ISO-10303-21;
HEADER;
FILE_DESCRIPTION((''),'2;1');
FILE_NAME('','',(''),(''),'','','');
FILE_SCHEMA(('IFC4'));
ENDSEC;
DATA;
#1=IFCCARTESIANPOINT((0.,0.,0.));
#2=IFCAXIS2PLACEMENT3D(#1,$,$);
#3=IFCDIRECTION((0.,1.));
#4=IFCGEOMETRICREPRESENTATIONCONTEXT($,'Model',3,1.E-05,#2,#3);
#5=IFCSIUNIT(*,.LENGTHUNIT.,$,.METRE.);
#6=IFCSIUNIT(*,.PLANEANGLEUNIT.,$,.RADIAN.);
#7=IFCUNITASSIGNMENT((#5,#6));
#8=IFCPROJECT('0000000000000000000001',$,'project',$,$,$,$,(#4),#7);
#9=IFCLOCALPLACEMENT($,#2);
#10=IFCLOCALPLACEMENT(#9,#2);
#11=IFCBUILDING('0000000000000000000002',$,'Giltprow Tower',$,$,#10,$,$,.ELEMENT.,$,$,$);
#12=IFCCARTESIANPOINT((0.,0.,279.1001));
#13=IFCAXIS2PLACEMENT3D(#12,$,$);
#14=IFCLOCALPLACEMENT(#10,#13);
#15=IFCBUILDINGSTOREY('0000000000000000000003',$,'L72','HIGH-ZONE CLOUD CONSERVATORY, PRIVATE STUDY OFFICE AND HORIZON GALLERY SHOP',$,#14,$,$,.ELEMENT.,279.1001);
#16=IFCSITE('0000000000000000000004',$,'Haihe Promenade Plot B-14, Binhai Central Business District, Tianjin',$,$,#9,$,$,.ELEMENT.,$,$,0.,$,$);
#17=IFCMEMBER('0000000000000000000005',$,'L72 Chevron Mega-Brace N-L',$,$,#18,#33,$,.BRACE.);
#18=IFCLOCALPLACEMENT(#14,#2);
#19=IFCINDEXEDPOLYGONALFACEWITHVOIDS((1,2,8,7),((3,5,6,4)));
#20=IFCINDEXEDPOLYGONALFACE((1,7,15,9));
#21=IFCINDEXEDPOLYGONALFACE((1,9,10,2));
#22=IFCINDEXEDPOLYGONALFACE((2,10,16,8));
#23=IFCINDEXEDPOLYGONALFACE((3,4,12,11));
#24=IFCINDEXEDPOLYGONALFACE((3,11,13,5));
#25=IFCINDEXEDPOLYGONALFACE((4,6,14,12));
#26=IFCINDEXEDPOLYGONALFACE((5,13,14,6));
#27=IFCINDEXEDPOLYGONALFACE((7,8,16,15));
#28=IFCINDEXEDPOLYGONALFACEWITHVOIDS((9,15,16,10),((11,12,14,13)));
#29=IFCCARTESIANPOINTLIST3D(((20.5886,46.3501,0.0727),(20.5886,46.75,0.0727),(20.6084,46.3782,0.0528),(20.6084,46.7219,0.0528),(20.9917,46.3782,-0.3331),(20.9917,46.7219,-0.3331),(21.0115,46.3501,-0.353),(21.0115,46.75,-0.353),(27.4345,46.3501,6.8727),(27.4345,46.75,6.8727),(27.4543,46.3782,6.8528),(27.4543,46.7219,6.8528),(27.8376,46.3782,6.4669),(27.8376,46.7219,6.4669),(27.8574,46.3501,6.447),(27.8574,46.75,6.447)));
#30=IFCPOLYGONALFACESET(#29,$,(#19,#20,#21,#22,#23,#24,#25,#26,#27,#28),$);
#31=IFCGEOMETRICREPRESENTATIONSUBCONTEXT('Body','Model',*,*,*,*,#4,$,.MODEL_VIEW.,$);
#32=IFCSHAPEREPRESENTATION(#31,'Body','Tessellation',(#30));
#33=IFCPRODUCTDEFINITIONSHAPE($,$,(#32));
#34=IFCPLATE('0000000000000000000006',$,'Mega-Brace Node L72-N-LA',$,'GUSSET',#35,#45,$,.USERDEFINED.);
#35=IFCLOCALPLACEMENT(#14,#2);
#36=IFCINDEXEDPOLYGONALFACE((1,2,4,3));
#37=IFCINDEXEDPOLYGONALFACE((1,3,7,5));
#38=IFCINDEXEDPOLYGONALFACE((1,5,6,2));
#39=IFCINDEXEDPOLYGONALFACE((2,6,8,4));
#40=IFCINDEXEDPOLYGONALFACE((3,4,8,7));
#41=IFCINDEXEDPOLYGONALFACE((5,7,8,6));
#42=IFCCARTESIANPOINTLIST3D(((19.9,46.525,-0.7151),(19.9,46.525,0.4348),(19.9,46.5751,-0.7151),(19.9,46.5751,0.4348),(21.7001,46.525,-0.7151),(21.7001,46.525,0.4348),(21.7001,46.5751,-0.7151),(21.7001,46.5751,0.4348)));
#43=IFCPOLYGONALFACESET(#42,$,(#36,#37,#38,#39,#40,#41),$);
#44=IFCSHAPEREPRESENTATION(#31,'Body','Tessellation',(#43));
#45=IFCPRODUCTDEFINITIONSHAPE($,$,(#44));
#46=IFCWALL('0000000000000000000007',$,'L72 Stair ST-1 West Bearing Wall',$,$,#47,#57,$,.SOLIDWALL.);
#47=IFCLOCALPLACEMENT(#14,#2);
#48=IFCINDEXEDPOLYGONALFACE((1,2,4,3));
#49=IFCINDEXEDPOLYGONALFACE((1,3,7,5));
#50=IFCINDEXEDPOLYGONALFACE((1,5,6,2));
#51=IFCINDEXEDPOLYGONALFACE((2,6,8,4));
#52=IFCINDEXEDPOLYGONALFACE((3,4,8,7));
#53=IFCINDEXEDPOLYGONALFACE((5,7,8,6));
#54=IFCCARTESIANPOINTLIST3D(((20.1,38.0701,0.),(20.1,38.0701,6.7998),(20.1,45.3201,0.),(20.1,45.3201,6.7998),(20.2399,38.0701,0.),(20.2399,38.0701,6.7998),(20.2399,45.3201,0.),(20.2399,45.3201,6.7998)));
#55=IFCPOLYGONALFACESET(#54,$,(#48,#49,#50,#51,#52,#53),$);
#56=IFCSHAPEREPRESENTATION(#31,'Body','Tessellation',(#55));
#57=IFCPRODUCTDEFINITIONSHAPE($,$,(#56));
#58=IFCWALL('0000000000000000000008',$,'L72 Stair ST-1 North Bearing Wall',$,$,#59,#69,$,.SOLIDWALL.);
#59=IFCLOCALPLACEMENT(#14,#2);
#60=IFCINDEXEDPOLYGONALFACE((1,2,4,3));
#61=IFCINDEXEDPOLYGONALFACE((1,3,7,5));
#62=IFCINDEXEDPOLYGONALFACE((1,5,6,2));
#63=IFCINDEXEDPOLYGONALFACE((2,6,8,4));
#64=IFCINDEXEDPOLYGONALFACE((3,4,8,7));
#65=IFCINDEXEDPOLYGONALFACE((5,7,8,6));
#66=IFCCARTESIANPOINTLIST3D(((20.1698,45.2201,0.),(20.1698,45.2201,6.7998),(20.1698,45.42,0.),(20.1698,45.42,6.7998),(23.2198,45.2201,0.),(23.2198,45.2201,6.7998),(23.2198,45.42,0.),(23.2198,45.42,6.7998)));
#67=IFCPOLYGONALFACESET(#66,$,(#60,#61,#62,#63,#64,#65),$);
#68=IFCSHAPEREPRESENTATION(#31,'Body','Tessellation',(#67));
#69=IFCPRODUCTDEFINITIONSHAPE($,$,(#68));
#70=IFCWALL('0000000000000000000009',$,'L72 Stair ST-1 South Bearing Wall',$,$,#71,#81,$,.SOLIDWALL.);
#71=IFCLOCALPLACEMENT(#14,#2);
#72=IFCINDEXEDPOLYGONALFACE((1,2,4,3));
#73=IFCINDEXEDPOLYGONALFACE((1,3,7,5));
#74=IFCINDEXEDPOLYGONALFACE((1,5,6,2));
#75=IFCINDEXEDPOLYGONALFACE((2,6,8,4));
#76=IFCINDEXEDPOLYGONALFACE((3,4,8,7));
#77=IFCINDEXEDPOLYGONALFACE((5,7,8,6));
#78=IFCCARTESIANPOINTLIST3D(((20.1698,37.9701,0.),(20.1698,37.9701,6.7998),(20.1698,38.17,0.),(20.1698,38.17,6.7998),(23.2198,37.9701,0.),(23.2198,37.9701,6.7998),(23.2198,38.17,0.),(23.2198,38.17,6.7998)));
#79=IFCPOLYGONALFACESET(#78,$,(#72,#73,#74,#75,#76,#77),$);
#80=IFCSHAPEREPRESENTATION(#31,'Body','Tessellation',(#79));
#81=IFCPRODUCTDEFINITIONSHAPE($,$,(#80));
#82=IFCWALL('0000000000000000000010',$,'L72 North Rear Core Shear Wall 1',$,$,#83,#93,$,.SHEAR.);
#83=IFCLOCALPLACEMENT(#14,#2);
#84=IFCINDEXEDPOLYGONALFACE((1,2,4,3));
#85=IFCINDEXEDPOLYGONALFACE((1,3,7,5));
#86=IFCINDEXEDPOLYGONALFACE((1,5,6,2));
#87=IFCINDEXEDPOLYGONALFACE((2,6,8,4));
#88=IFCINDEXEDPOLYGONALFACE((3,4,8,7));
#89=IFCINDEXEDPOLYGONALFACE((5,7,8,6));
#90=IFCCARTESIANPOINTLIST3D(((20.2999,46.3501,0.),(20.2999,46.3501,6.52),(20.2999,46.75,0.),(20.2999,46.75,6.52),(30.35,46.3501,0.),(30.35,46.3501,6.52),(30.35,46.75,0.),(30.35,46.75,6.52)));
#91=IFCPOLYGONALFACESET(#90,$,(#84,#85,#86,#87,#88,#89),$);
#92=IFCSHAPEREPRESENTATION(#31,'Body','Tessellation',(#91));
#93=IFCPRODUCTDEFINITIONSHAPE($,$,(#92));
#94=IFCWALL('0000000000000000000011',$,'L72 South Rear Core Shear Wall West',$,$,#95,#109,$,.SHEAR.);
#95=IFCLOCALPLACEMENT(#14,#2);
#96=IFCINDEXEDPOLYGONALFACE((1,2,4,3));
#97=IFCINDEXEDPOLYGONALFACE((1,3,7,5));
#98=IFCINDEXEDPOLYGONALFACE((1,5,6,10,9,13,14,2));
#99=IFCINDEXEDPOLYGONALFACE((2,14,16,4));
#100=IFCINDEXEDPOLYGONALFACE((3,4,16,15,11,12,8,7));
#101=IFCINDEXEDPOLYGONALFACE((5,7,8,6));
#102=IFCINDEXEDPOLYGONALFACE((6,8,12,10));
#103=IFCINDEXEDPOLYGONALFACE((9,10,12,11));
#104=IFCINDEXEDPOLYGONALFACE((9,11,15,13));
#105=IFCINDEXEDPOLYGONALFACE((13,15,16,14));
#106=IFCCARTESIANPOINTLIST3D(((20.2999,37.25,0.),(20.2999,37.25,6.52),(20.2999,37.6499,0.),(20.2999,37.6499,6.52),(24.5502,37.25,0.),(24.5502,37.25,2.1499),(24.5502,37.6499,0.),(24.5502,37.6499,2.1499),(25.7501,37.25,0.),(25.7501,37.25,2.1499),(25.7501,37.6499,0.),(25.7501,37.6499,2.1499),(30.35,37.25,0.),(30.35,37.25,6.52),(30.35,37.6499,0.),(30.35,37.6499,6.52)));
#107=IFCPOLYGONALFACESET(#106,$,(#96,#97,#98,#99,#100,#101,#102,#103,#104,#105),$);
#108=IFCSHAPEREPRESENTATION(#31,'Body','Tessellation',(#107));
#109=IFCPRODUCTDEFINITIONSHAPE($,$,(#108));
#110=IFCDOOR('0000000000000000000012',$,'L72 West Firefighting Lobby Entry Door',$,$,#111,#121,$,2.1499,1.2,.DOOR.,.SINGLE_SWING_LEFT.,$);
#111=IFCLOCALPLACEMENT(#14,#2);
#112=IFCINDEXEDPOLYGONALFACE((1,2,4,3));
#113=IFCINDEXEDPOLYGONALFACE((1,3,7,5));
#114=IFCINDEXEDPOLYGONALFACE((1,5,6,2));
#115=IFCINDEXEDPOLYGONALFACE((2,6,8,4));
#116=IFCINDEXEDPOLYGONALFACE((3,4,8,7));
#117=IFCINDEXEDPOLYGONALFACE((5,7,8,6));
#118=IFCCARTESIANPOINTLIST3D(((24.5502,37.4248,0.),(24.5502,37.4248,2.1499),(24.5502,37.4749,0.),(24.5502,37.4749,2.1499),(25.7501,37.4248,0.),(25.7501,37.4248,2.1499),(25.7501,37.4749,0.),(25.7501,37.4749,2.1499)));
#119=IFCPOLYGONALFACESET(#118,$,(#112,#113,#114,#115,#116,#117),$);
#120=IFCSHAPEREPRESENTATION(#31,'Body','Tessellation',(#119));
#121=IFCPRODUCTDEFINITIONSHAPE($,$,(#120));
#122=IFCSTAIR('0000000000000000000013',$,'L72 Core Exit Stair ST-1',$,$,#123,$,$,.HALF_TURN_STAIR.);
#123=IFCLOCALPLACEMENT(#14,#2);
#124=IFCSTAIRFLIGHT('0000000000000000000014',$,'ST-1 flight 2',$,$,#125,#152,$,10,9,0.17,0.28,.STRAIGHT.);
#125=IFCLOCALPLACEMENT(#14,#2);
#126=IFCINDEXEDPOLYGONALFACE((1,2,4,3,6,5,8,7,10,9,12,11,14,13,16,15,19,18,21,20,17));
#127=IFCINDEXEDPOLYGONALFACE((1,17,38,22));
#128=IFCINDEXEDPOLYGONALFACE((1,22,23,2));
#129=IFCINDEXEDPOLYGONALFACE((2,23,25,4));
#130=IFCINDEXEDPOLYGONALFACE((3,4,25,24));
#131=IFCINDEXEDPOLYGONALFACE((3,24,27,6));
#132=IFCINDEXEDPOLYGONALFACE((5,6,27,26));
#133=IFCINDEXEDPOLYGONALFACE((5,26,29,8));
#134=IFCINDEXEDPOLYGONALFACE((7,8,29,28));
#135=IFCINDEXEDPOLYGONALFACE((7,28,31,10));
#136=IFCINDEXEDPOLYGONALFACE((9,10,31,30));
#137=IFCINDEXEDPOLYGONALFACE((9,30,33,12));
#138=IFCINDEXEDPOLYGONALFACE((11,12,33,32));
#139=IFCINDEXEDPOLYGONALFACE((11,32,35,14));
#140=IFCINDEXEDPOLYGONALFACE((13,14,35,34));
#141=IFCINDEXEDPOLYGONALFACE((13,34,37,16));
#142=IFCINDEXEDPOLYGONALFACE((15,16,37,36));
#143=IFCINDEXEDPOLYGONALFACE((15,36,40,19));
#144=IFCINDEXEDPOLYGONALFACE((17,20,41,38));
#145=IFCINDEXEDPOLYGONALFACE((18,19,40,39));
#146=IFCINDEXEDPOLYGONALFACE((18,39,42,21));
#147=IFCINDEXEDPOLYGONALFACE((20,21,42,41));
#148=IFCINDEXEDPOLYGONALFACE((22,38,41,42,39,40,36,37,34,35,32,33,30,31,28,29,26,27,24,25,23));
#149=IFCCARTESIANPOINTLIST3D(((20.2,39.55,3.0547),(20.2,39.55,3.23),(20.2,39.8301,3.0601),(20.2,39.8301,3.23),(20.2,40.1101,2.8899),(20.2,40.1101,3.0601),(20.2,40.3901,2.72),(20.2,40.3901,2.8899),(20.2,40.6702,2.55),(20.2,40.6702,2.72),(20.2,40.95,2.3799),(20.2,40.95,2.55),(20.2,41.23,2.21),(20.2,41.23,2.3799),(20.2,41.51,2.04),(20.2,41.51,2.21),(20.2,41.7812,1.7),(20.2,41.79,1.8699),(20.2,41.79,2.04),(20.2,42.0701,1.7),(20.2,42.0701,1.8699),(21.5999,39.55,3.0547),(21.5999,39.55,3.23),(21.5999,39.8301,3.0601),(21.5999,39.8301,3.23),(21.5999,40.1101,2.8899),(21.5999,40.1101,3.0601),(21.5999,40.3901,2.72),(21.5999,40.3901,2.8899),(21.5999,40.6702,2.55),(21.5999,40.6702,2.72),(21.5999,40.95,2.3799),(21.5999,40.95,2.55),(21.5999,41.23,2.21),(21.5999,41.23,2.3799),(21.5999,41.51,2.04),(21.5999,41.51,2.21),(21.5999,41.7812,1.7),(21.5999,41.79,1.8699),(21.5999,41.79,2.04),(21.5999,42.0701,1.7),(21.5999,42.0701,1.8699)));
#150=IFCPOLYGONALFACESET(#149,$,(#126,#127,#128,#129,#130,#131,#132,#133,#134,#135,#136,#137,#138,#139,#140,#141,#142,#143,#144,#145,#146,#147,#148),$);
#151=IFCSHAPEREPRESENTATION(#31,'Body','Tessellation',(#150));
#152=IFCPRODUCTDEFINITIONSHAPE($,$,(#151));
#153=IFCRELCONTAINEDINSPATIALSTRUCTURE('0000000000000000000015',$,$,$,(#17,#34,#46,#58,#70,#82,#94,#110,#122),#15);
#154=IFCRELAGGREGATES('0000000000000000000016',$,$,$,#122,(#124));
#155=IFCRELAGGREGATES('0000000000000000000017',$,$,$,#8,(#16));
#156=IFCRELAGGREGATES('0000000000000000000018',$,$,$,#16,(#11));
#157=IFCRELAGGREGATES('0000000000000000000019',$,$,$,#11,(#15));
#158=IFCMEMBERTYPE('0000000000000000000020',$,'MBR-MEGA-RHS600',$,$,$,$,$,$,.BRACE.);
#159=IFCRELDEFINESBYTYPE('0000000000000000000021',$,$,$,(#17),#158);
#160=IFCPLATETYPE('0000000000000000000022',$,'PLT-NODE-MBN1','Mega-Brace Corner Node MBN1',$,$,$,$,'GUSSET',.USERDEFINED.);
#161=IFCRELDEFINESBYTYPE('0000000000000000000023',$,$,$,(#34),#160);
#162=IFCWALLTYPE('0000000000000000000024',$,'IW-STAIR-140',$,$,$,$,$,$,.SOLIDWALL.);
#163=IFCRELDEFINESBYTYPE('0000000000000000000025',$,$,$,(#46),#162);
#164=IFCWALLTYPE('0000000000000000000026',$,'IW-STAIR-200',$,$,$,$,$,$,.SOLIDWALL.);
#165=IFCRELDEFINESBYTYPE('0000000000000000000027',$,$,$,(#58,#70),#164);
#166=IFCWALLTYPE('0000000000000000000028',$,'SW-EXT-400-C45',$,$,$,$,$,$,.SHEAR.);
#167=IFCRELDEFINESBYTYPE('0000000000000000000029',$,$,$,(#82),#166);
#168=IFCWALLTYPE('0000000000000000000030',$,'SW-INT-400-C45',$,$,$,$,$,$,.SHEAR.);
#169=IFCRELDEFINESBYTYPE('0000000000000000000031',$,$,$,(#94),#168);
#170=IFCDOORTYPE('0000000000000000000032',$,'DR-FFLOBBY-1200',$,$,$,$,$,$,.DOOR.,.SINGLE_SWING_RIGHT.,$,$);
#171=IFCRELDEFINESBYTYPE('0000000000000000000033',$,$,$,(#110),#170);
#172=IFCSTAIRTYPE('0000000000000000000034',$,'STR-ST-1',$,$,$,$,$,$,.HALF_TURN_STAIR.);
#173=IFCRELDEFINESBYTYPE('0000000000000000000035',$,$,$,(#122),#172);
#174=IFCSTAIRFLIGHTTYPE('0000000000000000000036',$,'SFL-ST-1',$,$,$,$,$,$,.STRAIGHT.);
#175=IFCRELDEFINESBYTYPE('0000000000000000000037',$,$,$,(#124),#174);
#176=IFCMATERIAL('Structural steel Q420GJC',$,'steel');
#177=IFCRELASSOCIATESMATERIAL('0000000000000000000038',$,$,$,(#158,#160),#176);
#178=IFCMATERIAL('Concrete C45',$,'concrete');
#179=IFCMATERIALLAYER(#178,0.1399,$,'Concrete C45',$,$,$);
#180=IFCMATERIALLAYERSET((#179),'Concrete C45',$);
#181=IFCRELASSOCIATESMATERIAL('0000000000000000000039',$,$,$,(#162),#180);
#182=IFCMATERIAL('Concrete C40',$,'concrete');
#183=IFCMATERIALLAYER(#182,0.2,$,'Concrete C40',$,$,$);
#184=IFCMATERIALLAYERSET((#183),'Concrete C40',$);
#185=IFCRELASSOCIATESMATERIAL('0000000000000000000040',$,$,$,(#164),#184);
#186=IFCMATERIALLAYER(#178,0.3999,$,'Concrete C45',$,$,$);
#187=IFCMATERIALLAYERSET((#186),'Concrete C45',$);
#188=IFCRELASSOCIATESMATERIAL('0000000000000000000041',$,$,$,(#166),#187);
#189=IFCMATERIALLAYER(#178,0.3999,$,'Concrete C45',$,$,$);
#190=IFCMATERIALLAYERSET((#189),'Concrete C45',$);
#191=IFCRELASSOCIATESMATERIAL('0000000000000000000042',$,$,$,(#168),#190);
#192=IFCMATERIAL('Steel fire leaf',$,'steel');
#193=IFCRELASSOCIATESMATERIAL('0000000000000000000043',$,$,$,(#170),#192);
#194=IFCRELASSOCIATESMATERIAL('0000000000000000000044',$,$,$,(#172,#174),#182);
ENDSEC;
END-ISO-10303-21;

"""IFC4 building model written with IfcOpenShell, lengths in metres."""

from ifc_helpers import new_model, si_unit, direction, frame, frame_2d, origin, origin_2d, place, context, subcontext, project, spatial, polyline, rectangle, hollow_rectangle, outline, extrude, source, transform, mapped, material, layer, layer_set, material_profile, profile_set, type_object, element, fill, aggregate, save


model = new_model("IFC4")

# Units and contexts
model_context = context("Model", 3, precision=1e-05, world=origin(), true_north=direction((0.0, 1.0)))
body_context = subcontext(model_context, "Body", "Model", "MODEL_VIEW")
ifc_project = project(units=[si_unit("LENGTHUNIT", "METRE"), si_unit("PLANEANGLEUNIT", "RADIAN")], contexts=[model_context])

# Site, building, storey
site_placement = place(None, origin())
site = spatial("IfcSite", under=ifc_project, at=site_placement, Name="Haihe Promenade Plot B-14, Binhai Central Business District, Tianjin", CompositionType="ELEMENT", RefElevation=0.0)
building_placement = place(site_placement, origin())
building = spatial("IfcBuilding", under=site, at=building_placement, Name="Giltprow Tower", CompositionType="ELEMENT")
storey_placement = place(building_placement, frame((0.0, 0.0, 279.1001)))
storey = spatial("IfcBuildingStorey", under=building, at=storey_placement, Name="L72", Description="HIGH-ZONE CLOUD CONSERVATORY, PRIVATE STUDY OFFICE AND HORIZON GALLERY SHOP", CompositionType="ELEMENT", Elevation=279.1001)

# Member
ifc_material_1 = material(Name="Structural steel Q420GJC", Category="steel")
ifc_material_profile = material_profile(ifc_material_1, hollow_rectangle(XDim=0.3999, YDim=0.6001, WallThickness=0.0281, at=origin_2d()), Name="RHS 600x400x28")
ifc_profile_set = profile_set([ifc_material_profile], Name="Structural steel Q420GJC")
member_type = type_object("IfcMemberType", Name="MBR-MEGA-RHS600", PredefinedType="BRACE", material=ifc_profile_set)
shared_shape_1 = source(origin(), body_context, "Body", "SweptSolid", [
    extrude(hollow_rectangle(XDim=0.3999, YDim=0.6001, WallThickness=0.0281, at=origin_2d()), origin(), (0.0, 0.0, 1.0), 9.6492),
])
member_placement = place(storey_placement, frame((20.8, 46.55, -0.1401), z_axis=(0.709481, 0.0, 0.704724), x_axis=(0.0, 1.0, 0.0)))
element("IfcMember", 1, at=member_placement, inside=storey, type_object=member_type, Name="L72 Chevron Mega-Brace N-L", PredefinedType="BRACE", context=body_context, shape_type="MappedRepresentation", body=[
    mapped(shared_shape_1, transform((0.0, 0.0, 0.0), x_axis=(1.0, 0.0, 0.0), y_axis=(0.0, 1.0, 0.0), z_axis=(0.0, 0.0, 1.0), scale=1.0)),
])

# Plate
plate_type = type_object("IfcPlateType", Name="PLT-NODE-MBN1", Description="Mega-Brace Corner Node MBN1", ElementType="GUSSET", PredefinedType="USERDEFINED", material=ifc_material_1)
shared_shape_2 = source(origin(), body_context, "Body", "SweptSolid", [
    extrude(rectangle(XDim=1.8, YDim=0.05, at=origin_2d()), origin(), (0.0, 0.0, 1.0), 1.1499),
])
plate_placement = place(storey_placement, frame((20.8, 46.55, -0.7151), z_axis=(0.0, 0.0, 1.0), x_axis=(1.0, 0.0, 0.0)))
element("IfcPlate", 2, at=plate_placement, inside=storey, type_object=plate_type, Name="Mega-Brace Node L72-N-LA", ObjectType="GUSSET", PredefinedType="USERDEFINED", context=body_context, shape_type="MappedRepresentation", body=[
    mapped(shared_shape_2, transform((0.0, 0.0, 0.0), x_axis=(1.0, 0.0, 0.0), y_axis=(0.0, 1.0, 0.0), z_axis=(0.0, 0.0, 1.0), scale=1.0)),
])

# Walls
ifc_material_2 = material(Name="Concrete C45", Category="concrete")
ifc_layer_1 = layer(ifc_material_2, 0.1399, Name="Concrete C45")
ifc_layer_set_1 = layer_set([ifc_layer_1], Name="Concrete C45")
wall_type_1 = type_object("IfcWallType", Name="IW-STAIR-140", PredefinedType="SOLIDWALL", material=ifc_layer_set_1)
wall_1_placement = place(storey_placement, frame((20.1699, 38.0701, 0.0), z_axis=(0.0, 0.0, 1.0), x_axis=(0.0, 1.0, 0.0)))
element("IfcWall", 3, at=wall_1_placement, inside=storey, type_object=wall_type_1, Name="L72 Stair ST-1 West Bearing Wall", PredefinedType="SOLIDWALL", context=body_context, shape_type="SweptSolid", body=[
    extrude(rectangle(XDim=7.25, YDim=0.1399, at=frame_2d((3.625, 0.0))), origin(), (0.0, 0.0, 1.0), 6.7998),
])
ifc_material_3 = material(Name="Concrete C40", Category="concrete")
ifc_layer_2 = layer(ifc_material_3, 0.2, Name="Concrete C40")
ifc_layer_set_2 = layer_set([ifc_layer_2], Name="Concrete C40")
wall_type_2 = type_object("IfcWallType", Name="IW-STAIR-200", PredefinedType="SOLIDWALL", material=ifc_layer_set_2)
for number, where, z_axis, x_axis, name in (
    (4, (20.1699, 45.3201, 0.0), (0.0, 0.0, 1.0), (1.0, 0.0, 0.0), "L72 Stair ST-1 North Bearing Wall"),
    (5, (20.1699, 38.0701, 0.0), (0.0, 0.0, 1.0), (1.0, 0.0, 0.0), "L72 Stair ST-1 South Bearing Wall"),
):
    element("IfcWall", number, at=place(storey_placement, frame(where, z_axis=z_axis, x_axis=x_axis)), inside=storey, type_object=wall_type_2, Name=name, PredefinedType="SOLIDWALL", context=body_context, shape_type="SweptSolid", body=[
        extrude(rectangle(XDim=3.05, YDim=0.2, at=frame_2d((1.5249, 0.0))), origin(), (0.0, 0.0, 1.0), 6.7998),
    ])
ifc_layer_3 = layer(ifc_material_2, 0.3999, Name="Concrete C45")
ifc_layer_set_3 = layer_set([ifc_layer_3], Name="Concrete C45")
wall_type_3 = type_object("IfcWallType", Name="SW-EXT-400-C45", PredefinedType="SHEAR", material=ifc_layer_set_3)
wall_2_placement = place(storey_placement, frame((20.3, 46.55, 0.0), z_axis=(0.0, 0.0, 1.0), x_axis=(1.0, 0.0, 0.0)))
element("IfcWall", 6, at=wall_2_placement, inside=storey, type_object=wall_type_3, Name="L72 North Rear Core Shear Wall 1", PredefinedType="SHEAR", context=body_context, shape_type="SweptSolid", body=[
    extrude(rectangle(XDim=10.05, YDim=0.3999, at=frame_2d((5.0249, 0.0))), origin(), (0.0, 0.0, 1.0), 6.52),
])

# Wall, opening, door
ifc_layer_4 = layer(ifc_material_2, 0.3999, Name="Concrete C45")
ifc_layer_set_4 = layer_set([ifc_layer_4], Name="Concrete C45")
wall_type_4 = type_object("IfcWallType", Name="SW-INT-400-C45", PredefinedType="SHEAR", material=ifc_layer_set_4)
wall_3_placement = place(storey_placement, frame((20.3, 37.45, 0.0), z_axis=(0.0, 0.0, 1.0), x_axis=(1.0, 0.0, 0.0)))
wall_3 = element("IfcWall", 7, at=wall_3_placement, inside=storey, type_object=wall_type_4, Name="L72 South Rear Core Shear Wall West", PredefinedType="SHEAR", context=body_context, shape_type="SweptSolid", body=[
    extrude(rectangle(XDim=10.05, YDim=0.3999, at=frame_2d((5.0249, 0.0))), origin(), (0.0, 0.0, 1.0), 6.52),
])
opening_placement = place(wall_3_placement, frame((4.25, 0.0, 0.0)))
opening = element("IfcOpeningElement", 8, at=opening_placement, cuts=wall_3, PredefinedType="OPENING", context=body_context, shape_type="SweptSolid", body=[
    extrude(rectangle(XDim=1.2, YDim=2.1499, at=frame_2d((0.6001, 1.075))), frame((0.0, 0.21, 0.0), z_axis=(0.0, -1.0, 0.0), x_axis=(1.0, 0.0, 0.0)), (0.0, 0.0, 1.0), 0.4199),
])
ifc_material_4 = material(Name="Steel fire leaf", Category="steel")
door_type = type_object("IfcDoorType", Name="DR-FFLOBBY-1200", OperationType="SINGLE_SWING_RIGHT", PredefinedType="DOOR", material=ifc_material_4)
shared_shape_3 = source(origin(), body_context, "Body", "SweptSolid", [
    extrude(rectangle(XDim=1.2, YDim=2.1499, at=frame_2d((0.6001, 1.075))), frame((0.0, 0.0249, 0.0), z_axis=(0.0, -1.0, 0.0), x_axis=(1.0, 0.0, 0.0)), (0.0, 0.0, 1.0), 0.05),
])
door_placement = place(opening_placement, origin())
door = element("IfcDoor", 9, at=door_placement, inside=storey, type_object=door_type, Name="L72 West Firefighting Lobby Entry Door", OperationType="SINGLE_SWING_LEFT", OverallHeight=2.1499, OverallWidth=1.2, PredefinedType="DOOR", context=body_context, shape_type="MappedRepresentation", body=[
    mapped(shared_shape_3, transform((0.0, 0.0, 0.0), x_axis=(1.0, 0.0, 0.0), y_axis=(0.0, 1.0, 0.0), z_axis=(0.0, 0.0, 1.0), scale=1.0)),
])
fill(opening, door)

# Stair, stair flight
stair_type = type_object("IfcStairType", Name="STR-ST-1", PredefinedType="HALF_TURN_STAIR", material=ifc_material_3)
stair_placement = place(storey_placement, origin())
stair = element("IfcStair", 10, at=stair_placement, inside=storey, type_object=stair_type, Name="L72 Core Exit Stair ST-1", PredefinedType="HALF_TURN_STAIR")
stair_flight_type = type_object("IfcStairFlightType", Name="SFL-ST-1", PredefinedType="STRAIGHT", material=ifc_material_3)
stair_flight_1_placement = place(storey_placement, frame((20.8999, 42.0701, 1.7), z_axis=(0.0, 0.0, 1.0), x_axis=(0.0, -1.0, 0.0)))
stair_flight_1 = element("IfcStairFlight", 11, at=stair_flight_1_placement, type_object=stair_flight_type, Name="ST-1 flight 2", NumberOfRisers=10, NumberOfTreads=9, PredefinedType="STRAIGHT", RiserHeight=0.17, TreadLength=0.28, context=body_context, shape_type="SweptSolid", body=[
    extrude(outline(polyline([(0.0, 0.0), (0.0, 0.1699), (0.28, 0.1699), (0.28, 0.3401), (0.5601, 0.3401), (0.5601, 0.51), (0.8401, 0.51), (0.8401, 0.6799), (1.1201, 0.6799), (1.1201, 0.8501), (1.3999, 0.8501), (1.3999, 1.02), (1.6799, 1.02), (1.6799, 1.1899), (1.96, 1.1899), (1.96, 1.3601), (2.24, 1.3601), (2.24, 1.53), (2.52, 1.53), (2.52, 1.7), (2.52, 1.3547), (0.2888, 0.0), (0.0, 0.0)])), frame((0.0, 0.7, 0.0), z_axis=(0.0, -1.0, 0.0), x_axis=(1.0, 0.0, 0.0)), (0.0, 0.0, 1.0), 1.3999),
])
aggregate(stair, [stair_flight_1])

save(model, "model.ifc")
